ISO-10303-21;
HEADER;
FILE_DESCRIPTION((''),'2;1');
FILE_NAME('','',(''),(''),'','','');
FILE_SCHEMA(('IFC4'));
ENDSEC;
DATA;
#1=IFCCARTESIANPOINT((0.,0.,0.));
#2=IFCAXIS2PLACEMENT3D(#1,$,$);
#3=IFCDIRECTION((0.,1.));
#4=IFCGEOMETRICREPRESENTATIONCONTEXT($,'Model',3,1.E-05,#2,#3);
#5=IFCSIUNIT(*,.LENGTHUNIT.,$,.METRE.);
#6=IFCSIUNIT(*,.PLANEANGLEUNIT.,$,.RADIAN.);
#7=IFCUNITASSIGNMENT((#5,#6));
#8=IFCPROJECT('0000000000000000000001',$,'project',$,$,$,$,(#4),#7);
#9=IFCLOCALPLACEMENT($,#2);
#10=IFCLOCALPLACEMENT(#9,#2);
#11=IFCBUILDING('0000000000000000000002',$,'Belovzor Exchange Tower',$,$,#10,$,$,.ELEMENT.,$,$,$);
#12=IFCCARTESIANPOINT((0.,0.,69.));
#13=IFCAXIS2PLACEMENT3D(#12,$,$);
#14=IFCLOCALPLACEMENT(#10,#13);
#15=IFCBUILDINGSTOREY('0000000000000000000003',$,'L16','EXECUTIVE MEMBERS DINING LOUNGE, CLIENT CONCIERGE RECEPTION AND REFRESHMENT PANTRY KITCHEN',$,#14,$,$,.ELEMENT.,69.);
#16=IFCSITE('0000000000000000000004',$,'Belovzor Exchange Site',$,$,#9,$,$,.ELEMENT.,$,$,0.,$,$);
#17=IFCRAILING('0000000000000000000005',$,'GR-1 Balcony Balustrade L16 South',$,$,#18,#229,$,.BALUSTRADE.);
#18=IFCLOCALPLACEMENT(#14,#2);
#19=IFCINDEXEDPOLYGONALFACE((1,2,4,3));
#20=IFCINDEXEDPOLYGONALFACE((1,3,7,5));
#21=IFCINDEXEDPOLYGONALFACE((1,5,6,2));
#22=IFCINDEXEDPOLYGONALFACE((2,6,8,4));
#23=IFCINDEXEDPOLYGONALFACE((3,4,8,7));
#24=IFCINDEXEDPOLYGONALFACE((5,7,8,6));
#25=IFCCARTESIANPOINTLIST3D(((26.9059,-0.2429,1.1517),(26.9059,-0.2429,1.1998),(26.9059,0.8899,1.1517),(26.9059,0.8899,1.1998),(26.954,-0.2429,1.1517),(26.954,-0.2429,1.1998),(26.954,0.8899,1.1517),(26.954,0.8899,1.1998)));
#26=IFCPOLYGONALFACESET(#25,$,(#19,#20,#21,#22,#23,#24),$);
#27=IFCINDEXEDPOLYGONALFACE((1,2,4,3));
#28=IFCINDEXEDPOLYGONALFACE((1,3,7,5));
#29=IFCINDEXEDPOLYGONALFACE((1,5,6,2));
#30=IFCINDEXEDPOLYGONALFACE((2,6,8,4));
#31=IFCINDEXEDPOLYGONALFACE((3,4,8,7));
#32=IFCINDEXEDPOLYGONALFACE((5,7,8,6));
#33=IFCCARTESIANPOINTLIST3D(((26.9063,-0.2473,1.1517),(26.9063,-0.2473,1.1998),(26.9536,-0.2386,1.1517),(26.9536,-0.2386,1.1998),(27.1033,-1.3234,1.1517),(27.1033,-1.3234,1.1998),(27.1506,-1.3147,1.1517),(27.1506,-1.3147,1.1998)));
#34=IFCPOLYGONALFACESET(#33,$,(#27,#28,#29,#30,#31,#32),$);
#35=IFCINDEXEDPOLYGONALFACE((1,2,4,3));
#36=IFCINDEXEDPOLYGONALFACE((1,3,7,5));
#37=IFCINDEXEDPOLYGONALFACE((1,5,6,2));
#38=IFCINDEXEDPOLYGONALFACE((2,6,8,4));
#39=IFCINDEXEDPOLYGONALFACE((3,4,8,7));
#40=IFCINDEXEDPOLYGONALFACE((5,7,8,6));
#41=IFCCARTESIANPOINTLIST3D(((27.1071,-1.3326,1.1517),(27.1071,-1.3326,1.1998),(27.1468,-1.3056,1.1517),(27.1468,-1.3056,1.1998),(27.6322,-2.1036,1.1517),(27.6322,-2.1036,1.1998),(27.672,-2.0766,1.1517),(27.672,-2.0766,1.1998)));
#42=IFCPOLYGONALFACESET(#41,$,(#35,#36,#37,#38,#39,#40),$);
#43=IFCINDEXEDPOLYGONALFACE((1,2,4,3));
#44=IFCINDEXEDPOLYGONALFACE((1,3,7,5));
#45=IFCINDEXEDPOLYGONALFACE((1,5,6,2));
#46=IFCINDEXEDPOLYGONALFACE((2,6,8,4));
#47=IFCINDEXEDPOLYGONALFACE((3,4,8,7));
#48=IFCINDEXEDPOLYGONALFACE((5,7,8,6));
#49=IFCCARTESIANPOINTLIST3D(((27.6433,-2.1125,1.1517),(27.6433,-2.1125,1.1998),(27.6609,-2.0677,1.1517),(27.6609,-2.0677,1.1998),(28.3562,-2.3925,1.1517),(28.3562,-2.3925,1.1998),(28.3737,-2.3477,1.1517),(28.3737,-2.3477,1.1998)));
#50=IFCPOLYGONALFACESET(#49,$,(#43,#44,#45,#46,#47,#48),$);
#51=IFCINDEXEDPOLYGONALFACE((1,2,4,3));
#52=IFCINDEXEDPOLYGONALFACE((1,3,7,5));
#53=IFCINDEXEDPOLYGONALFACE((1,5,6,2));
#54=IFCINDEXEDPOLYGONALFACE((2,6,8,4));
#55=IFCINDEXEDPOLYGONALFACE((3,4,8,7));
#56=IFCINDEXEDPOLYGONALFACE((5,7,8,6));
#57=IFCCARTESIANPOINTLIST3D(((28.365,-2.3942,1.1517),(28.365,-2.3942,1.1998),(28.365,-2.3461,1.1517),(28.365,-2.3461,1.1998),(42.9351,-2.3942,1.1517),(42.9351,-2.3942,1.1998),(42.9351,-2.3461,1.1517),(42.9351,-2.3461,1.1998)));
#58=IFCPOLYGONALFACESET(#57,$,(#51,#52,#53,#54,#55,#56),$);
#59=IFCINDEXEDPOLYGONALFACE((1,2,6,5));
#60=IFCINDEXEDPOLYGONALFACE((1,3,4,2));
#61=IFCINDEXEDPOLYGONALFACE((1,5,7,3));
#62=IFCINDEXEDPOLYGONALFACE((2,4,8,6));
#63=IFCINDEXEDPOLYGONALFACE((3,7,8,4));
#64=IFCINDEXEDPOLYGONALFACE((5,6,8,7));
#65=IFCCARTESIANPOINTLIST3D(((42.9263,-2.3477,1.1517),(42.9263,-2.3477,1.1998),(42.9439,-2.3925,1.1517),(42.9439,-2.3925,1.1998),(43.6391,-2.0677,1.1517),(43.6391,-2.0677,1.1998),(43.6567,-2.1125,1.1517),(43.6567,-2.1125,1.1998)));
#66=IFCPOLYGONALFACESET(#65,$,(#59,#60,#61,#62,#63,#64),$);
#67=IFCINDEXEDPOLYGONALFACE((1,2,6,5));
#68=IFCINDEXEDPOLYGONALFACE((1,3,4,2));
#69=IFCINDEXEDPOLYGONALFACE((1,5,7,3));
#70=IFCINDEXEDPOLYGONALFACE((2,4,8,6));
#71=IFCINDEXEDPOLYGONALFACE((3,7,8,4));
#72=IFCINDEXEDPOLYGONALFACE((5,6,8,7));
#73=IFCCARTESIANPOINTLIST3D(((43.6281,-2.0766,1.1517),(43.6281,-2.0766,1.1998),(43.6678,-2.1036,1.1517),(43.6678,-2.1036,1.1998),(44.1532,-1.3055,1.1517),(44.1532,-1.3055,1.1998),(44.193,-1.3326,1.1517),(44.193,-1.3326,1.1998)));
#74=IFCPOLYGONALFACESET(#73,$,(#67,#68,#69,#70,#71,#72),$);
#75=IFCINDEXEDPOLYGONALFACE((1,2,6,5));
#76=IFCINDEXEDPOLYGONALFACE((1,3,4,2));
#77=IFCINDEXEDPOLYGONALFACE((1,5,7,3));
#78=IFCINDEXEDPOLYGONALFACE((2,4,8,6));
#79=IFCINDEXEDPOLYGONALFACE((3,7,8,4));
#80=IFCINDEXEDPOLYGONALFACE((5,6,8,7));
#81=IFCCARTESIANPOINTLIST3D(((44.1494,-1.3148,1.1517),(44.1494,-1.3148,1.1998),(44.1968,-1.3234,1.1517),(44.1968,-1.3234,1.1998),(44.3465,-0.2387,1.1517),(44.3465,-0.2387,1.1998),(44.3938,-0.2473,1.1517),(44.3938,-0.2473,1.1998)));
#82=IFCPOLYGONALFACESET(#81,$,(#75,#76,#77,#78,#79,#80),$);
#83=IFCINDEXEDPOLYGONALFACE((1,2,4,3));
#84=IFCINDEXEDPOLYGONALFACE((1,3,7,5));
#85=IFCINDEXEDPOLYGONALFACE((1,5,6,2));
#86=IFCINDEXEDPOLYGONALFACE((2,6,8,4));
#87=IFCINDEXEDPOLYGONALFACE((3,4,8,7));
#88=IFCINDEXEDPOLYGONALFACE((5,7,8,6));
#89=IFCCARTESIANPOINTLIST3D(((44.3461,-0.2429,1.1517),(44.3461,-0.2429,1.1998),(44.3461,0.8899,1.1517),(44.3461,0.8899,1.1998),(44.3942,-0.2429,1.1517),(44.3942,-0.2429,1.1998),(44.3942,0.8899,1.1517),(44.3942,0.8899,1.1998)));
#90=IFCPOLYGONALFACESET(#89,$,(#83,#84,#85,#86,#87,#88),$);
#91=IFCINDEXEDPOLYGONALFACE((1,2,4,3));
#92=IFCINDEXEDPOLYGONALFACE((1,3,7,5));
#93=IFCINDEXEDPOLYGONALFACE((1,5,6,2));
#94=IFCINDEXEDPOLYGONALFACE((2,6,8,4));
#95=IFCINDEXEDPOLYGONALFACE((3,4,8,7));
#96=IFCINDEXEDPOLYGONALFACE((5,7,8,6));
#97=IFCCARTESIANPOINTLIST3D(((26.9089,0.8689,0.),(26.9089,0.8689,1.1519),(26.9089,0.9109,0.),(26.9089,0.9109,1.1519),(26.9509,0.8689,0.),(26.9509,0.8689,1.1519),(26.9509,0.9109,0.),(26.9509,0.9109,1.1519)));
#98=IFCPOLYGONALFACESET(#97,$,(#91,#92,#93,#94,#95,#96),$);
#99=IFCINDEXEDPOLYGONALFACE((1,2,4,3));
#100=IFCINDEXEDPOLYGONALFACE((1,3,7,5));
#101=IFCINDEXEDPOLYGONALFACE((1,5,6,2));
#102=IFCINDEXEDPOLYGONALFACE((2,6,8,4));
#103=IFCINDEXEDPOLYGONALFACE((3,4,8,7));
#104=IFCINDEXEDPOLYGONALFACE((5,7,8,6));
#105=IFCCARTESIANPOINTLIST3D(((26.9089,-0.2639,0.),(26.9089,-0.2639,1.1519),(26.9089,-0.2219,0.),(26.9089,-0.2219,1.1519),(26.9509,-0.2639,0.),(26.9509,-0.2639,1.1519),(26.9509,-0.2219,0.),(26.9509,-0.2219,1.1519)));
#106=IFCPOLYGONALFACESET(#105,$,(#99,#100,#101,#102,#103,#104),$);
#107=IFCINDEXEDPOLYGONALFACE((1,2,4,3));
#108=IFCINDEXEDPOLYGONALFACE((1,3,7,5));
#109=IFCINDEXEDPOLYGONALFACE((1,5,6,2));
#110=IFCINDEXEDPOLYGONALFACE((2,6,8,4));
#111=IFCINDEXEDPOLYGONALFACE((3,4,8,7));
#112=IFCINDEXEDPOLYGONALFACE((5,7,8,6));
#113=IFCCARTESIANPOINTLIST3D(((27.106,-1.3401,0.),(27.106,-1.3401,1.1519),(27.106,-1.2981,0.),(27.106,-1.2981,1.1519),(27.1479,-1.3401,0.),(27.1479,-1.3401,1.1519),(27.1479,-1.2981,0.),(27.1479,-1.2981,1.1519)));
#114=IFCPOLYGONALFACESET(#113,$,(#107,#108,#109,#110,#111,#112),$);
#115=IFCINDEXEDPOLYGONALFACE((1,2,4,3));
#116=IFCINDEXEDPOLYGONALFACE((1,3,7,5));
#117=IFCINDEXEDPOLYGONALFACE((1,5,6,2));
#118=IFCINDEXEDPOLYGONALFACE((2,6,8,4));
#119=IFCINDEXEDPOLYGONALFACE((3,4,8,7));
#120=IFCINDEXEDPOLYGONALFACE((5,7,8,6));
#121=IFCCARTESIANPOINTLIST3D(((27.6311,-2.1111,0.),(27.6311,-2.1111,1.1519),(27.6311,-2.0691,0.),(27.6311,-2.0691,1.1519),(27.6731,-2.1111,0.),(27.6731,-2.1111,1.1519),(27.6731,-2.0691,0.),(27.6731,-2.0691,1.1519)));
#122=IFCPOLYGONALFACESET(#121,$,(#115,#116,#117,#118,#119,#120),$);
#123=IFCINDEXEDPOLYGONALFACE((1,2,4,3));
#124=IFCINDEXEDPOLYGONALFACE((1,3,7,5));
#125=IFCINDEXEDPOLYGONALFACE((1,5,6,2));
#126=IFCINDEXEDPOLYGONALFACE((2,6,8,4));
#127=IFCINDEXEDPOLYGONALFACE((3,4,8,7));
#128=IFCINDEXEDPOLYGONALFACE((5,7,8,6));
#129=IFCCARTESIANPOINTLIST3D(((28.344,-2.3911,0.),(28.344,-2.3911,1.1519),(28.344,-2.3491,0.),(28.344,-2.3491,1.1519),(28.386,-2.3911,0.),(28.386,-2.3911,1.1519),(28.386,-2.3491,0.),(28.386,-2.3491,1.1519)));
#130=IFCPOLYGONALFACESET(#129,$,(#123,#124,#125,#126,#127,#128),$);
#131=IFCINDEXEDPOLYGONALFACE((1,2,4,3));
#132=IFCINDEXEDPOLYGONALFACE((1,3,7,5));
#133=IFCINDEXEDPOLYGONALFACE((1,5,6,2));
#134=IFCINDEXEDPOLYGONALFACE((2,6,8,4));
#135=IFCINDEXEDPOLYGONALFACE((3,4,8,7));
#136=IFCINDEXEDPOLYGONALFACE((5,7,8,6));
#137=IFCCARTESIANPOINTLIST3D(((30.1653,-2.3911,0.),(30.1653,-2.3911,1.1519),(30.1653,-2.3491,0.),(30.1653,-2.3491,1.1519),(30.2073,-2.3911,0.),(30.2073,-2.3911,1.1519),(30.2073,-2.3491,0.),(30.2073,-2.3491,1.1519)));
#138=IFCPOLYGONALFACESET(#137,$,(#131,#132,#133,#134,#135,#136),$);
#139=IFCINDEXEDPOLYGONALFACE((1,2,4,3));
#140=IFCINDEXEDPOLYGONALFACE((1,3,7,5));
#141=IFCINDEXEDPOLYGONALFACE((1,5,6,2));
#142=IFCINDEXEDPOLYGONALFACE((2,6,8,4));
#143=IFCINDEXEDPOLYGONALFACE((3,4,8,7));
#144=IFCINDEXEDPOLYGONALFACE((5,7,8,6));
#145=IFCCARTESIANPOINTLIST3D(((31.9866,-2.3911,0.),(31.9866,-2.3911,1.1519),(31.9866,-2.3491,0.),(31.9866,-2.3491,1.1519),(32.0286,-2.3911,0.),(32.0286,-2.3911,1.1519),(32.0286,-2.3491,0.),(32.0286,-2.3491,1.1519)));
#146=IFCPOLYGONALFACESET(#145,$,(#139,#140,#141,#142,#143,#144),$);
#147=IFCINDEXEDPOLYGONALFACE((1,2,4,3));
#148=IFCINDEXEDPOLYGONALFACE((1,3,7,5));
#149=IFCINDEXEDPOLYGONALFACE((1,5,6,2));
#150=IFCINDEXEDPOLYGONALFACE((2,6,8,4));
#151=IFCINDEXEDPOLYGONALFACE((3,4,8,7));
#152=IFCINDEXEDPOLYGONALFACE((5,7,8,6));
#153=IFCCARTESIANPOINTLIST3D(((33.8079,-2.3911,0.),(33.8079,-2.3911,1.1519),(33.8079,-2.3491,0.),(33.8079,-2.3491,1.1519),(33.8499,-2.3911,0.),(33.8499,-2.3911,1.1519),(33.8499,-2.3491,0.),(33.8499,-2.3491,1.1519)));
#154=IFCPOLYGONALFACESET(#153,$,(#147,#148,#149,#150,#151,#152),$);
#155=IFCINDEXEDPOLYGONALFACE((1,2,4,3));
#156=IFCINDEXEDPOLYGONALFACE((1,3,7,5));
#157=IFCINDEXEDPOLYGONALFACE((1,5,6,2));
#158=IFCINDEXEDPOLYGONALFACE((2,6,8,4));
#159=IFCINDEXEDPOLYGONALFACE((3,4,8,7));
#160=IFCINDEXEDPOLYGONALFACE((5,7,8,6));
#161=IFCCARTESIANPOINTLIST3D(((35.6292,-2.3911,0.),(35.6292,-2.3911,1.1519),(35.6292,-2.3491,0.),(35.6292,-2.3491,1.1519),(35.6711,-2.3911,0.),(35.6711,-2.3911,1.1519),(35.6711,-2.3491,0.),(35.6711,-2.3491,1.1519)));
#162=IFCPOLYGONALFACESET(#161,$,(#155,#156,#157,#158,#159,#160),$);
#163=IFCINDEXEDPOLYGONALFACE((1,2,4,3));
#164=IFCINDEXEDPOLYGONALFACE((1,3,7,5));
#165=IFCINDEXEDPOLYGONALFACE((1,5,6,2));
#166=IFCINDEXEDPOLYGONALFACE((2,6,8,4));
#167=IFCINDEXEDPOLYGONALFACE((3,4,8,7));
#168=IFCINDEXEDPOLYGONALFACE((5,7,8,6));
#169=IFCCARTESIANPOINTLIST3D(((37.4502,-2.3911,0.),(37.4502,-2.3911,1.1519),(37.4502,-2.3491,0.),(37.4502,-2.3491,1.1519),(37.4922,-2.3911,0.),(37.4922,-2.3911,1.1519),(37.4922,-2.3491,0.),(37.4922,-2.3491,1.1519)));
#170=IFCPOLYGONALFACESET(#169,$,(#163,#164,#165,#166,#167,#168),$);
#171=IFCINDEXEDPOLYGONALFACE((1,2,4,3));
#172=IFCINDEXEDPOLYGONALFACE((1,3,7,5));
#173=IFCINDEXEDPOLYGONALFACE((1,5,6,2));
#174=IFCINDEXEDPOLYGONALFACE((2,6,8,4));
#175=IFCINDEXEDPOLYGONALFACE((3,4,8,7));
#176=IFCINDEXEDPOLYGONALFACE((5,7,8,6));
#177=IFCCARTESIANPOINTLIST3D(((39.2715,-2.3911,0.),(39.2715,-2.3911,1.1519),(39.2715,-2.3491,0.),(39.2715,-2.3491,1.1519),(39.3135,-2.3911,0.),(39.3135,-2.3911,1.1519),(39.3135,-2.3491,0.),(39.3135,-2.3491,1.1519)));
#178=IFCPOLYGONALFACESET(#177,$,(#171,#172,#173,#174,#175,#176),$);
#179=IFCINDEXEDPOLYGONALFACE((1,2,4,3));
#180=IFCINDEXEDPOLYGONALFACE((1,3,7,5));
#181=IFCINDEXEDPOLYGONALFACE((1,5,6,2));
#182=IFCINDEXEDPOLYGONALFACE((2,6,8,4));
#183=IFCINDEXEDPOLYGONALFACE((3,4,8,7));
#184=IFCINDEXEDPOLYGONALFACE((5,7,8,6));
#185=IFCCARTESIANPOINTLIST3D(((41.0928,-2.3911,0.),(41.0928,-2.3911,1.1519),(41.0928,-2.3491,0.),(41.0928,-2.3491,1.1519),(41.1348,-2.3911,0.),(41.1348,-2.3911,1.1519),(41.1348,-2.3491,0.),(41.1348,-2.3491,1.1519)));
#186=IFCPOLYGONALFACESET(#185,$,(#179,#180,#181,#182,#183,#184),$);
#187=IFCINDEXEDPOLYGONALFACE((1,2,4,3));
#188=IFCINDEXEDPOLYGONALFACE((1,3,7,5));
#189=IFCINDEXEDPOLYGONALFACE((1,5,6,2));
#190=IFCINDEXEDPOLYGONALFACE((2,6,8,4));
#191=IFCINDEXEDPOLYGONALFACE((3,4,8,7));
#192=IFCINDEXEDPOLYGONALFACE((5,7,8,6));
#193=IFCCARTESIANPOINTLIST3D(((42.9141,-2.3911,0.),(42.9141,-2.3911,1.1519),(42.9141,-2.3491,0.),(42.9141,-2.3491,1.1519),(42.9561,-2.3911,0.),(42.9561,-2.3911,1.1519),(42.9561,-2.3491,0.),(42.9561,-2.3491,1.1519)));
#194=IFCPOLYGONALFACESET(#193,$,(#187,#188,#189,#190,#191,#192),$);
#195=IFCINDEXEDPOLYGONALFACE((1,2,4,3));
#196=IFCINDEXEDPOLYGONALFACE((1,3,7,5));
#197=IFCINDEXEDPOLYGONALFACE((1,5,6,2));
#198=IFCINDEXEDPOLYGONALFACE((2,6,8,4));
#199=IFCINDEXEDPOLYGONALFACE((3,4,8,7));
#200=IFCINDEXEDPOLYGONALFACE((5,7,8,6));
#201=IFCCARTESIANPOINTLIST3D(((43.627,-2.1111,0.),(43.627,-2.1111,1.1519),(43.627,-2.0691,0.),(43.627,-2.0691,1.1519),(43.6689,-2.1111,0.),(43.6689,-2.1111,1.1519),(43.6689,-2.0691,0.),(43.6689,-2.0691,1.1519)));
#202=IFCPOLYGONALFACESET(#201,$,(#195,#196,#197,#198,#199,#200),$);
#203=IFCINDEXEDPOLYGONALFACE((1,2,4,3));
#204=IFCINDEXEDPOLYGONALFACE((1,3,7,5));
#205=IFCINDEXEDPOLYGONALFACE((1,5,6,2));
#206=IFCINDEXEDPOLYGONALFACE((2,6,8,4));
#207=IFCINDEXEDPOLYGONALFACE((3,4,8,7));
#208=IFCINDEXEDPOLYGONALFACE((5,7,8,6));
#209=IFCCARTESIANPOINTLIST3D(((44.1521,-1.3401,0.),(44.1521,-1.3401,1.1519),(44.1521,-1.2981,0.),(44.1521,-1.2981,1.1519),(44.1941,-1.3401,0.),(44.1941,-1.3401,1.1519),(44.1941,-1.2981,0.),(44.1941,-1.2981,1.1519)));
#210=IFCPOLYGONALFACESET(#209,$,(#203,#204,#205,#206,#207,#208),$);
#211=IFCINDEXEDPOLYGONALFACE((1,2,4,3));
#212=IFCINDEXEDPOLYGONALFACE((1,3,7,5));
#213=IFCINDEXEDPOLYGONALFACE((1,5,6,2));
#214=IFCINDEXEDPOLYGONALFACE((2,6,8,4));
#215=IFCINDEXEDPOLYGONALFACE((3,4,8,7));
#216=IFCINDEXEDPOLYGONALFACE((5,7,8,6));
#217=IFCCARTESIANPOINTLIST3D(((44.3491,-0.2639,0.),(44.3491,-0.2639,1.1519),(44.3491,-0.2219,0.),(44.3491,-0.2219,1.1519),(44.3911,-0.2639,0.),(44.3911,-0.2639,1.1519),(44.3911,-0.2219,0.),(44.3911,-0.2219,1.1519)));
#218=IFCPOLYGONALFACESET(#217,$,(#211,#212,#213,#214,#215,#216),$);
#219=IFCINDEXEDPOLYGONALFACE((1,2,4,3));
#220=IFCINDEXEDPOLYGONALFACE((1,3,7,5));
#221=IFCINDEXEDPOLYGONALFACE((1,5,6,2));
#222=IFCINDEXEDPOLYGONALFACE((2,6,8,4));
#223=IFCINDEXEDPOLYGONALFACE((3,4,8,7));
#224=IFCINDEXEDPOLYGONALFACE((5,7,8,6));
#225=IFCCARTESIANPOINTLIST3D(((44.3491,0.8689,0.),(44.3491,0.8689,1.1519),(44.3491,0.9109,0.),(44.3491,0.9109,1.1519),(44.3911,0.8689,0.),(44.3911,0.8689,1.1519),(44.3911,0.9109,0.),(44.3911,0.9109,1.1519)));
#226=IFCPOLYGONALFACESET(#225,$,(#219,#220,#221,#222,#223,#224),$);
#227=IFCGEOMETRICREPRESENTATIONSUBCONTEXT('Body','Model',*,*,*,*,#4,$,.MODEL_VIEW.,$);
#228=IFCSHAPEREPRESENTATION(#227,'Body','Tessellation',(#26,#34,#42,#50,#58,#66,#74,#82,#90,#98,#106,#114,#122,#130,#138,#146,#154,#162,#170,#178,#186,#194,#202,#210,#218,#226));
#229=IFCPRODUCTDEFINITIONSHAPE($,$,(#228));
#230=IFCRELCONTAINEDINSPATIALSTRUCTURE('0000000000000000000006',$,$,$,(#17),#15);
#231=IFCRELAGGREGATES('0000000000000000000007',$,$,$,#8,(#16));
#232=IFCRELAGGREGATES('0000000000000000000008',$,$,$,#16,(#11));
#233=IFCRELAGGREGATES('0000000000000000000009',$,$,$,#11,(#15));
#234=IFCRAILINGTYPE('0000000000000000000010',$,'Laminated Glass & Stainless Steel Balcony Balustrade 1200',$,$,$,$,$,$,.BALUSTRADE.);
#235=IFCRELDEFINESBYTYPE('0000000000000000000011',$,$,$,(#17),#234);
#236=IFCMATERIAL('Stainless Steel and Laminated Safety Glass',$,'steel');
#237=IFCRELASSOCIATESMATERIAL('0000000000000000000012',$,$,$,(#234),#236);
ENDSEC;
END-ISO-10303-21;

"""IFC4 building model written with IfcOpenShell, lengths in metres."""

from ifc_helpers import new_model, si_unit, direction, frame, origin, origin_2d, place, context, subcontext, project, spatial, rectangle, extrude, material, type_object, element, save


model = new_model("IFC4")

# Units and contexts
model_context = context("Model", 3, precision=1e-05, world=origin(), true_north=direction((0.0, 1.0)))
body_context = subcontext(model_context, "Body", "Model", "MODEL_VIEW")
ifc_project = project(units=[si_unit("LENGTHUNIT", "METRE"), si_unit("PLANEANGLEUNIT", "RADIAN")], contexts=[model_context])

# Site, building, storey
site_placement = place(None, origin())
site = spatial("IfcSite", under=ifc_project, at=site_placement, Name="Belovzor Exchange Site", CompositionType="ELEMENT", RefElevation=0.0)
building_placement = place(site_placement, origin())
building = spatial("IfcBuilding", under=site, at=building_placement, Name="Belovzor Exchange Tower", CompositionType="ELEMENT")
storey_placement = place(building_placement, frame((0.0, 0.0, 69.0)))
storey = spatial("IfcBuildingStorey", under=building, at=storey_placement, Name="L16", Description="EXECUTIVE MEMBERS DINING LOUNGE, CLIENT CONCIERGE RECEPTION AND REFRESHMENT PANTRY KITCHEN", CompositionType="ELEMENT", Elevation=69.0)

# Railing
ifc_material_1 = material(Name="Stainless Steel and Laminated Safety Glass", Category="steel")
railing_type = type_object("IfcRailingType", Name="Laminated Glass & Stainless Steel Balcony Balustrade 1200", PredefinedType="BALUSTRADE", material=ifc_material_1)
railing_placement = place(storey_placement, frame((26.9299, 0.8899, 0.0)))
element("IfcRailing", 1, at=railing_placement, inside=storey, type_object=railing_type, Name="GR-1 Balcony Balustrade L16 South", PredefinedType="BALUSTRADE", context=body_context, shape_type="SweptSolid", body=[
    extrude(rectangle(XDim=0.0481, YDim=0.0481, at=origin_2d()), frame((0.0, 0.0, 1.1758), z_axis=(0.0, -1.0, 0.0), x_axis=(1.0, 0.0, 0.0)), (0.0, 0.0, 1.0), 1.1328),
    extrude(rectangle(XDim=0.0481, YDim=0.0481, at=origin_2d()), frame((0.0, -1.1328, 1.1758), z_axis=(0.180083, -0.983651, 0.0), x_axis=(0.983651, 0.180083, 0.0)), (0.0, 0.0, 1.0), 1.094),
    extrude(rectangle(XDim=0.0481, YDim=0.0481, at=origin_2d()), frame((0.197, -2.209, 1.1758), z_axis=(0.562947, -0.826493, 0.0), x_axis=(0.826493, 0.562947, 0.0)), (0.0, 0.0, 1.0), 0.9329),
    extrude(rectangle(XDim=0.0481, YDim=0.0481, at=origin_2d()), frame((0.7222, -2.98, 1.1758), z_axis=(0.930767, -0.365613, 0.0), x_axis=(0.365613, 0.930767, 0.0)), (0.0, 0.0, 1.0), 0.7659),
    extrude(rectangle(XDim=0.0481, YDim=0.0481, at=origin_2d()), frame((1.4351, -3.26, 1.1758), z_axis=(1.0, 0.0, 0.0), x_axis=(0.0, 1.0, 0.0)), (0.0, 0.0, 1.0), 14.5701),
    extrude(rectangle(XDim=0.0481, YDim=0.0481, at=origin_2d()), frame((16.0051, -3.26, 1.1758), z_axis=(0.930767, 0.365613, 0.0), x_axis=(-0.365613, 0.930767, 0.0)), (0.0, 0.0, 1.0), 0.7659),
    extrude(rectangle(XDim=0.0481, YDim=0.0481, at=origin_2d()), frame((16.718, -2.98, 1.1758), z_axis=(0.562947, 0.826493, 0.0), x_axis=(-0.826493, 0.562947, 0.0)), (0.0, 0.0, 1.0), 0.9329),
    extrude(rectangle(XDim=0.0481, YDim=0.0481, at=origin_2d()), frame((17.2432, -2.209, 1.1758), z_axis=(0.180083, 0.983651, 0.0), x_axis=(-0.983651, 0.180083, 0.0)), (0.0, 0.0, 1.0), 1.094),
    extrude(rectangle(XDim=0.0481, YDim=0.0481, at=origin_2d()), frame((17.4402, -1.1328, 1.1758), z_axis=(0.0, 1.0, 0.0), x_axis=(-1.0, 0.0, 0.0)), (0.0, 0.0, 1.0), 1.1328),
    extrude(rectangle(XDim=0.042, YDim=0.042, at=origin_2d()), origin(), (0.0, 0.0, 1.0), 1.1519),
    extrude(rectangle(XDim=0.042, YDim=0.042, at=origin_2d()), frame((0.0, -1.1328, 0.0)), (0.0, 0.0, 1.0), 1.1519),
    extrude(rectangle(XDim=0.042, YDim=0.042, at=origin_2d()), frame((0.197, -2.209, 0.0)), (0.0, 0.0, 1.0), 1.1519),
    extrude(rectangle(XDim=0.042, YDim=0.042, at=origin_2d()), frame((0.7222, -2.98, 0.0)), (0.0, 0.0, 1.0), 1.1519),
    extrude(rectangle(XDim=0.042, YDim=0.042, at=origin_2d()), frame((1.4351, -3.26, 0.0)), (0.0, 0.0, 1.0), 1.1519),
    extrude(rectangle(XDim=0.042, YDim=0.042, at=origin_2d()), frame((3.2563, -3.26, 0.0)), (0.0, 0.0, 1.0), 1.1519),
    extrude(rectangle(XDim=0.042, YDim=0.042, at=origin_2d()), frame((5.0776, -3.26, 0.0)), (0.0, 0.0, 1.0), 1.1519),
    extrude(rectangle(XDim=0.042, YDim=0.042, at=origin_2d()), frame((6.8989, -3.26, 0.0)), (0.0, 0.0, 1.0), 1.1519),
    extrude(rectangle(XDim=0.042, YDim=0.042, at=origin_2d()), frame((8.7202, -3.26, 0.0)), (0.0, 0.0, 1.0), 1.1519),
    extrude(rectangle(XDim=0.042, YDim=0.042, at=origin_2d()), frame((10.5413, -3.26, 0.0)), (0.0, 0.0, 1.0), 1.1519),
    extrude(rectangle(XDim=0.042, YDim=0.042, at=origin_2d()), frame((12.3625, -3.26, 0.0)), (0.0, 0.0, 1.0), 1.1519),
    extrude(rectangle(XDim=0.042, YDim=0.042, at=origin_2d()), frame((14.1838, -3.26, 0.0)), (0.0, 0.0, 1.0), 1.1519),
    extrude(rectangle(XDim=0.042, YDim=0.042, at=origin_2d()), frame((16.0051, -3.26, 0.0)), (0.0, 0.0, 1.0), 1.1519),
    extrude(rectangle(XDim=0.042, YDim=0.042, at=origin_2d()), frame((16.718, -2.98, 0.0)), (0.0, 0.0, 1.0), 1.1519),
    extrude(rectangle(XDim=0.042, YDim=0.042, at=origin_2d()), frame((17.2432, -2.209, 0.0)), (0.0, 0.0, 1.0), 1.1519),
    extrude(rectangle(XDim=0.042, YDim=0.042, at=origin_2d()), frame((17.4402, -1.1328, 0.0)), (0.0, 0.0, 1.0), 1.1519),
    extrude(rectangle(XDim=0.042, YDim=0.042, at=origin_2d()), frame((17.4402, 0.0, 0.0)), (0.0, 0.0, 1.0), 1.1519),
])

save(model, "model.ifc")
